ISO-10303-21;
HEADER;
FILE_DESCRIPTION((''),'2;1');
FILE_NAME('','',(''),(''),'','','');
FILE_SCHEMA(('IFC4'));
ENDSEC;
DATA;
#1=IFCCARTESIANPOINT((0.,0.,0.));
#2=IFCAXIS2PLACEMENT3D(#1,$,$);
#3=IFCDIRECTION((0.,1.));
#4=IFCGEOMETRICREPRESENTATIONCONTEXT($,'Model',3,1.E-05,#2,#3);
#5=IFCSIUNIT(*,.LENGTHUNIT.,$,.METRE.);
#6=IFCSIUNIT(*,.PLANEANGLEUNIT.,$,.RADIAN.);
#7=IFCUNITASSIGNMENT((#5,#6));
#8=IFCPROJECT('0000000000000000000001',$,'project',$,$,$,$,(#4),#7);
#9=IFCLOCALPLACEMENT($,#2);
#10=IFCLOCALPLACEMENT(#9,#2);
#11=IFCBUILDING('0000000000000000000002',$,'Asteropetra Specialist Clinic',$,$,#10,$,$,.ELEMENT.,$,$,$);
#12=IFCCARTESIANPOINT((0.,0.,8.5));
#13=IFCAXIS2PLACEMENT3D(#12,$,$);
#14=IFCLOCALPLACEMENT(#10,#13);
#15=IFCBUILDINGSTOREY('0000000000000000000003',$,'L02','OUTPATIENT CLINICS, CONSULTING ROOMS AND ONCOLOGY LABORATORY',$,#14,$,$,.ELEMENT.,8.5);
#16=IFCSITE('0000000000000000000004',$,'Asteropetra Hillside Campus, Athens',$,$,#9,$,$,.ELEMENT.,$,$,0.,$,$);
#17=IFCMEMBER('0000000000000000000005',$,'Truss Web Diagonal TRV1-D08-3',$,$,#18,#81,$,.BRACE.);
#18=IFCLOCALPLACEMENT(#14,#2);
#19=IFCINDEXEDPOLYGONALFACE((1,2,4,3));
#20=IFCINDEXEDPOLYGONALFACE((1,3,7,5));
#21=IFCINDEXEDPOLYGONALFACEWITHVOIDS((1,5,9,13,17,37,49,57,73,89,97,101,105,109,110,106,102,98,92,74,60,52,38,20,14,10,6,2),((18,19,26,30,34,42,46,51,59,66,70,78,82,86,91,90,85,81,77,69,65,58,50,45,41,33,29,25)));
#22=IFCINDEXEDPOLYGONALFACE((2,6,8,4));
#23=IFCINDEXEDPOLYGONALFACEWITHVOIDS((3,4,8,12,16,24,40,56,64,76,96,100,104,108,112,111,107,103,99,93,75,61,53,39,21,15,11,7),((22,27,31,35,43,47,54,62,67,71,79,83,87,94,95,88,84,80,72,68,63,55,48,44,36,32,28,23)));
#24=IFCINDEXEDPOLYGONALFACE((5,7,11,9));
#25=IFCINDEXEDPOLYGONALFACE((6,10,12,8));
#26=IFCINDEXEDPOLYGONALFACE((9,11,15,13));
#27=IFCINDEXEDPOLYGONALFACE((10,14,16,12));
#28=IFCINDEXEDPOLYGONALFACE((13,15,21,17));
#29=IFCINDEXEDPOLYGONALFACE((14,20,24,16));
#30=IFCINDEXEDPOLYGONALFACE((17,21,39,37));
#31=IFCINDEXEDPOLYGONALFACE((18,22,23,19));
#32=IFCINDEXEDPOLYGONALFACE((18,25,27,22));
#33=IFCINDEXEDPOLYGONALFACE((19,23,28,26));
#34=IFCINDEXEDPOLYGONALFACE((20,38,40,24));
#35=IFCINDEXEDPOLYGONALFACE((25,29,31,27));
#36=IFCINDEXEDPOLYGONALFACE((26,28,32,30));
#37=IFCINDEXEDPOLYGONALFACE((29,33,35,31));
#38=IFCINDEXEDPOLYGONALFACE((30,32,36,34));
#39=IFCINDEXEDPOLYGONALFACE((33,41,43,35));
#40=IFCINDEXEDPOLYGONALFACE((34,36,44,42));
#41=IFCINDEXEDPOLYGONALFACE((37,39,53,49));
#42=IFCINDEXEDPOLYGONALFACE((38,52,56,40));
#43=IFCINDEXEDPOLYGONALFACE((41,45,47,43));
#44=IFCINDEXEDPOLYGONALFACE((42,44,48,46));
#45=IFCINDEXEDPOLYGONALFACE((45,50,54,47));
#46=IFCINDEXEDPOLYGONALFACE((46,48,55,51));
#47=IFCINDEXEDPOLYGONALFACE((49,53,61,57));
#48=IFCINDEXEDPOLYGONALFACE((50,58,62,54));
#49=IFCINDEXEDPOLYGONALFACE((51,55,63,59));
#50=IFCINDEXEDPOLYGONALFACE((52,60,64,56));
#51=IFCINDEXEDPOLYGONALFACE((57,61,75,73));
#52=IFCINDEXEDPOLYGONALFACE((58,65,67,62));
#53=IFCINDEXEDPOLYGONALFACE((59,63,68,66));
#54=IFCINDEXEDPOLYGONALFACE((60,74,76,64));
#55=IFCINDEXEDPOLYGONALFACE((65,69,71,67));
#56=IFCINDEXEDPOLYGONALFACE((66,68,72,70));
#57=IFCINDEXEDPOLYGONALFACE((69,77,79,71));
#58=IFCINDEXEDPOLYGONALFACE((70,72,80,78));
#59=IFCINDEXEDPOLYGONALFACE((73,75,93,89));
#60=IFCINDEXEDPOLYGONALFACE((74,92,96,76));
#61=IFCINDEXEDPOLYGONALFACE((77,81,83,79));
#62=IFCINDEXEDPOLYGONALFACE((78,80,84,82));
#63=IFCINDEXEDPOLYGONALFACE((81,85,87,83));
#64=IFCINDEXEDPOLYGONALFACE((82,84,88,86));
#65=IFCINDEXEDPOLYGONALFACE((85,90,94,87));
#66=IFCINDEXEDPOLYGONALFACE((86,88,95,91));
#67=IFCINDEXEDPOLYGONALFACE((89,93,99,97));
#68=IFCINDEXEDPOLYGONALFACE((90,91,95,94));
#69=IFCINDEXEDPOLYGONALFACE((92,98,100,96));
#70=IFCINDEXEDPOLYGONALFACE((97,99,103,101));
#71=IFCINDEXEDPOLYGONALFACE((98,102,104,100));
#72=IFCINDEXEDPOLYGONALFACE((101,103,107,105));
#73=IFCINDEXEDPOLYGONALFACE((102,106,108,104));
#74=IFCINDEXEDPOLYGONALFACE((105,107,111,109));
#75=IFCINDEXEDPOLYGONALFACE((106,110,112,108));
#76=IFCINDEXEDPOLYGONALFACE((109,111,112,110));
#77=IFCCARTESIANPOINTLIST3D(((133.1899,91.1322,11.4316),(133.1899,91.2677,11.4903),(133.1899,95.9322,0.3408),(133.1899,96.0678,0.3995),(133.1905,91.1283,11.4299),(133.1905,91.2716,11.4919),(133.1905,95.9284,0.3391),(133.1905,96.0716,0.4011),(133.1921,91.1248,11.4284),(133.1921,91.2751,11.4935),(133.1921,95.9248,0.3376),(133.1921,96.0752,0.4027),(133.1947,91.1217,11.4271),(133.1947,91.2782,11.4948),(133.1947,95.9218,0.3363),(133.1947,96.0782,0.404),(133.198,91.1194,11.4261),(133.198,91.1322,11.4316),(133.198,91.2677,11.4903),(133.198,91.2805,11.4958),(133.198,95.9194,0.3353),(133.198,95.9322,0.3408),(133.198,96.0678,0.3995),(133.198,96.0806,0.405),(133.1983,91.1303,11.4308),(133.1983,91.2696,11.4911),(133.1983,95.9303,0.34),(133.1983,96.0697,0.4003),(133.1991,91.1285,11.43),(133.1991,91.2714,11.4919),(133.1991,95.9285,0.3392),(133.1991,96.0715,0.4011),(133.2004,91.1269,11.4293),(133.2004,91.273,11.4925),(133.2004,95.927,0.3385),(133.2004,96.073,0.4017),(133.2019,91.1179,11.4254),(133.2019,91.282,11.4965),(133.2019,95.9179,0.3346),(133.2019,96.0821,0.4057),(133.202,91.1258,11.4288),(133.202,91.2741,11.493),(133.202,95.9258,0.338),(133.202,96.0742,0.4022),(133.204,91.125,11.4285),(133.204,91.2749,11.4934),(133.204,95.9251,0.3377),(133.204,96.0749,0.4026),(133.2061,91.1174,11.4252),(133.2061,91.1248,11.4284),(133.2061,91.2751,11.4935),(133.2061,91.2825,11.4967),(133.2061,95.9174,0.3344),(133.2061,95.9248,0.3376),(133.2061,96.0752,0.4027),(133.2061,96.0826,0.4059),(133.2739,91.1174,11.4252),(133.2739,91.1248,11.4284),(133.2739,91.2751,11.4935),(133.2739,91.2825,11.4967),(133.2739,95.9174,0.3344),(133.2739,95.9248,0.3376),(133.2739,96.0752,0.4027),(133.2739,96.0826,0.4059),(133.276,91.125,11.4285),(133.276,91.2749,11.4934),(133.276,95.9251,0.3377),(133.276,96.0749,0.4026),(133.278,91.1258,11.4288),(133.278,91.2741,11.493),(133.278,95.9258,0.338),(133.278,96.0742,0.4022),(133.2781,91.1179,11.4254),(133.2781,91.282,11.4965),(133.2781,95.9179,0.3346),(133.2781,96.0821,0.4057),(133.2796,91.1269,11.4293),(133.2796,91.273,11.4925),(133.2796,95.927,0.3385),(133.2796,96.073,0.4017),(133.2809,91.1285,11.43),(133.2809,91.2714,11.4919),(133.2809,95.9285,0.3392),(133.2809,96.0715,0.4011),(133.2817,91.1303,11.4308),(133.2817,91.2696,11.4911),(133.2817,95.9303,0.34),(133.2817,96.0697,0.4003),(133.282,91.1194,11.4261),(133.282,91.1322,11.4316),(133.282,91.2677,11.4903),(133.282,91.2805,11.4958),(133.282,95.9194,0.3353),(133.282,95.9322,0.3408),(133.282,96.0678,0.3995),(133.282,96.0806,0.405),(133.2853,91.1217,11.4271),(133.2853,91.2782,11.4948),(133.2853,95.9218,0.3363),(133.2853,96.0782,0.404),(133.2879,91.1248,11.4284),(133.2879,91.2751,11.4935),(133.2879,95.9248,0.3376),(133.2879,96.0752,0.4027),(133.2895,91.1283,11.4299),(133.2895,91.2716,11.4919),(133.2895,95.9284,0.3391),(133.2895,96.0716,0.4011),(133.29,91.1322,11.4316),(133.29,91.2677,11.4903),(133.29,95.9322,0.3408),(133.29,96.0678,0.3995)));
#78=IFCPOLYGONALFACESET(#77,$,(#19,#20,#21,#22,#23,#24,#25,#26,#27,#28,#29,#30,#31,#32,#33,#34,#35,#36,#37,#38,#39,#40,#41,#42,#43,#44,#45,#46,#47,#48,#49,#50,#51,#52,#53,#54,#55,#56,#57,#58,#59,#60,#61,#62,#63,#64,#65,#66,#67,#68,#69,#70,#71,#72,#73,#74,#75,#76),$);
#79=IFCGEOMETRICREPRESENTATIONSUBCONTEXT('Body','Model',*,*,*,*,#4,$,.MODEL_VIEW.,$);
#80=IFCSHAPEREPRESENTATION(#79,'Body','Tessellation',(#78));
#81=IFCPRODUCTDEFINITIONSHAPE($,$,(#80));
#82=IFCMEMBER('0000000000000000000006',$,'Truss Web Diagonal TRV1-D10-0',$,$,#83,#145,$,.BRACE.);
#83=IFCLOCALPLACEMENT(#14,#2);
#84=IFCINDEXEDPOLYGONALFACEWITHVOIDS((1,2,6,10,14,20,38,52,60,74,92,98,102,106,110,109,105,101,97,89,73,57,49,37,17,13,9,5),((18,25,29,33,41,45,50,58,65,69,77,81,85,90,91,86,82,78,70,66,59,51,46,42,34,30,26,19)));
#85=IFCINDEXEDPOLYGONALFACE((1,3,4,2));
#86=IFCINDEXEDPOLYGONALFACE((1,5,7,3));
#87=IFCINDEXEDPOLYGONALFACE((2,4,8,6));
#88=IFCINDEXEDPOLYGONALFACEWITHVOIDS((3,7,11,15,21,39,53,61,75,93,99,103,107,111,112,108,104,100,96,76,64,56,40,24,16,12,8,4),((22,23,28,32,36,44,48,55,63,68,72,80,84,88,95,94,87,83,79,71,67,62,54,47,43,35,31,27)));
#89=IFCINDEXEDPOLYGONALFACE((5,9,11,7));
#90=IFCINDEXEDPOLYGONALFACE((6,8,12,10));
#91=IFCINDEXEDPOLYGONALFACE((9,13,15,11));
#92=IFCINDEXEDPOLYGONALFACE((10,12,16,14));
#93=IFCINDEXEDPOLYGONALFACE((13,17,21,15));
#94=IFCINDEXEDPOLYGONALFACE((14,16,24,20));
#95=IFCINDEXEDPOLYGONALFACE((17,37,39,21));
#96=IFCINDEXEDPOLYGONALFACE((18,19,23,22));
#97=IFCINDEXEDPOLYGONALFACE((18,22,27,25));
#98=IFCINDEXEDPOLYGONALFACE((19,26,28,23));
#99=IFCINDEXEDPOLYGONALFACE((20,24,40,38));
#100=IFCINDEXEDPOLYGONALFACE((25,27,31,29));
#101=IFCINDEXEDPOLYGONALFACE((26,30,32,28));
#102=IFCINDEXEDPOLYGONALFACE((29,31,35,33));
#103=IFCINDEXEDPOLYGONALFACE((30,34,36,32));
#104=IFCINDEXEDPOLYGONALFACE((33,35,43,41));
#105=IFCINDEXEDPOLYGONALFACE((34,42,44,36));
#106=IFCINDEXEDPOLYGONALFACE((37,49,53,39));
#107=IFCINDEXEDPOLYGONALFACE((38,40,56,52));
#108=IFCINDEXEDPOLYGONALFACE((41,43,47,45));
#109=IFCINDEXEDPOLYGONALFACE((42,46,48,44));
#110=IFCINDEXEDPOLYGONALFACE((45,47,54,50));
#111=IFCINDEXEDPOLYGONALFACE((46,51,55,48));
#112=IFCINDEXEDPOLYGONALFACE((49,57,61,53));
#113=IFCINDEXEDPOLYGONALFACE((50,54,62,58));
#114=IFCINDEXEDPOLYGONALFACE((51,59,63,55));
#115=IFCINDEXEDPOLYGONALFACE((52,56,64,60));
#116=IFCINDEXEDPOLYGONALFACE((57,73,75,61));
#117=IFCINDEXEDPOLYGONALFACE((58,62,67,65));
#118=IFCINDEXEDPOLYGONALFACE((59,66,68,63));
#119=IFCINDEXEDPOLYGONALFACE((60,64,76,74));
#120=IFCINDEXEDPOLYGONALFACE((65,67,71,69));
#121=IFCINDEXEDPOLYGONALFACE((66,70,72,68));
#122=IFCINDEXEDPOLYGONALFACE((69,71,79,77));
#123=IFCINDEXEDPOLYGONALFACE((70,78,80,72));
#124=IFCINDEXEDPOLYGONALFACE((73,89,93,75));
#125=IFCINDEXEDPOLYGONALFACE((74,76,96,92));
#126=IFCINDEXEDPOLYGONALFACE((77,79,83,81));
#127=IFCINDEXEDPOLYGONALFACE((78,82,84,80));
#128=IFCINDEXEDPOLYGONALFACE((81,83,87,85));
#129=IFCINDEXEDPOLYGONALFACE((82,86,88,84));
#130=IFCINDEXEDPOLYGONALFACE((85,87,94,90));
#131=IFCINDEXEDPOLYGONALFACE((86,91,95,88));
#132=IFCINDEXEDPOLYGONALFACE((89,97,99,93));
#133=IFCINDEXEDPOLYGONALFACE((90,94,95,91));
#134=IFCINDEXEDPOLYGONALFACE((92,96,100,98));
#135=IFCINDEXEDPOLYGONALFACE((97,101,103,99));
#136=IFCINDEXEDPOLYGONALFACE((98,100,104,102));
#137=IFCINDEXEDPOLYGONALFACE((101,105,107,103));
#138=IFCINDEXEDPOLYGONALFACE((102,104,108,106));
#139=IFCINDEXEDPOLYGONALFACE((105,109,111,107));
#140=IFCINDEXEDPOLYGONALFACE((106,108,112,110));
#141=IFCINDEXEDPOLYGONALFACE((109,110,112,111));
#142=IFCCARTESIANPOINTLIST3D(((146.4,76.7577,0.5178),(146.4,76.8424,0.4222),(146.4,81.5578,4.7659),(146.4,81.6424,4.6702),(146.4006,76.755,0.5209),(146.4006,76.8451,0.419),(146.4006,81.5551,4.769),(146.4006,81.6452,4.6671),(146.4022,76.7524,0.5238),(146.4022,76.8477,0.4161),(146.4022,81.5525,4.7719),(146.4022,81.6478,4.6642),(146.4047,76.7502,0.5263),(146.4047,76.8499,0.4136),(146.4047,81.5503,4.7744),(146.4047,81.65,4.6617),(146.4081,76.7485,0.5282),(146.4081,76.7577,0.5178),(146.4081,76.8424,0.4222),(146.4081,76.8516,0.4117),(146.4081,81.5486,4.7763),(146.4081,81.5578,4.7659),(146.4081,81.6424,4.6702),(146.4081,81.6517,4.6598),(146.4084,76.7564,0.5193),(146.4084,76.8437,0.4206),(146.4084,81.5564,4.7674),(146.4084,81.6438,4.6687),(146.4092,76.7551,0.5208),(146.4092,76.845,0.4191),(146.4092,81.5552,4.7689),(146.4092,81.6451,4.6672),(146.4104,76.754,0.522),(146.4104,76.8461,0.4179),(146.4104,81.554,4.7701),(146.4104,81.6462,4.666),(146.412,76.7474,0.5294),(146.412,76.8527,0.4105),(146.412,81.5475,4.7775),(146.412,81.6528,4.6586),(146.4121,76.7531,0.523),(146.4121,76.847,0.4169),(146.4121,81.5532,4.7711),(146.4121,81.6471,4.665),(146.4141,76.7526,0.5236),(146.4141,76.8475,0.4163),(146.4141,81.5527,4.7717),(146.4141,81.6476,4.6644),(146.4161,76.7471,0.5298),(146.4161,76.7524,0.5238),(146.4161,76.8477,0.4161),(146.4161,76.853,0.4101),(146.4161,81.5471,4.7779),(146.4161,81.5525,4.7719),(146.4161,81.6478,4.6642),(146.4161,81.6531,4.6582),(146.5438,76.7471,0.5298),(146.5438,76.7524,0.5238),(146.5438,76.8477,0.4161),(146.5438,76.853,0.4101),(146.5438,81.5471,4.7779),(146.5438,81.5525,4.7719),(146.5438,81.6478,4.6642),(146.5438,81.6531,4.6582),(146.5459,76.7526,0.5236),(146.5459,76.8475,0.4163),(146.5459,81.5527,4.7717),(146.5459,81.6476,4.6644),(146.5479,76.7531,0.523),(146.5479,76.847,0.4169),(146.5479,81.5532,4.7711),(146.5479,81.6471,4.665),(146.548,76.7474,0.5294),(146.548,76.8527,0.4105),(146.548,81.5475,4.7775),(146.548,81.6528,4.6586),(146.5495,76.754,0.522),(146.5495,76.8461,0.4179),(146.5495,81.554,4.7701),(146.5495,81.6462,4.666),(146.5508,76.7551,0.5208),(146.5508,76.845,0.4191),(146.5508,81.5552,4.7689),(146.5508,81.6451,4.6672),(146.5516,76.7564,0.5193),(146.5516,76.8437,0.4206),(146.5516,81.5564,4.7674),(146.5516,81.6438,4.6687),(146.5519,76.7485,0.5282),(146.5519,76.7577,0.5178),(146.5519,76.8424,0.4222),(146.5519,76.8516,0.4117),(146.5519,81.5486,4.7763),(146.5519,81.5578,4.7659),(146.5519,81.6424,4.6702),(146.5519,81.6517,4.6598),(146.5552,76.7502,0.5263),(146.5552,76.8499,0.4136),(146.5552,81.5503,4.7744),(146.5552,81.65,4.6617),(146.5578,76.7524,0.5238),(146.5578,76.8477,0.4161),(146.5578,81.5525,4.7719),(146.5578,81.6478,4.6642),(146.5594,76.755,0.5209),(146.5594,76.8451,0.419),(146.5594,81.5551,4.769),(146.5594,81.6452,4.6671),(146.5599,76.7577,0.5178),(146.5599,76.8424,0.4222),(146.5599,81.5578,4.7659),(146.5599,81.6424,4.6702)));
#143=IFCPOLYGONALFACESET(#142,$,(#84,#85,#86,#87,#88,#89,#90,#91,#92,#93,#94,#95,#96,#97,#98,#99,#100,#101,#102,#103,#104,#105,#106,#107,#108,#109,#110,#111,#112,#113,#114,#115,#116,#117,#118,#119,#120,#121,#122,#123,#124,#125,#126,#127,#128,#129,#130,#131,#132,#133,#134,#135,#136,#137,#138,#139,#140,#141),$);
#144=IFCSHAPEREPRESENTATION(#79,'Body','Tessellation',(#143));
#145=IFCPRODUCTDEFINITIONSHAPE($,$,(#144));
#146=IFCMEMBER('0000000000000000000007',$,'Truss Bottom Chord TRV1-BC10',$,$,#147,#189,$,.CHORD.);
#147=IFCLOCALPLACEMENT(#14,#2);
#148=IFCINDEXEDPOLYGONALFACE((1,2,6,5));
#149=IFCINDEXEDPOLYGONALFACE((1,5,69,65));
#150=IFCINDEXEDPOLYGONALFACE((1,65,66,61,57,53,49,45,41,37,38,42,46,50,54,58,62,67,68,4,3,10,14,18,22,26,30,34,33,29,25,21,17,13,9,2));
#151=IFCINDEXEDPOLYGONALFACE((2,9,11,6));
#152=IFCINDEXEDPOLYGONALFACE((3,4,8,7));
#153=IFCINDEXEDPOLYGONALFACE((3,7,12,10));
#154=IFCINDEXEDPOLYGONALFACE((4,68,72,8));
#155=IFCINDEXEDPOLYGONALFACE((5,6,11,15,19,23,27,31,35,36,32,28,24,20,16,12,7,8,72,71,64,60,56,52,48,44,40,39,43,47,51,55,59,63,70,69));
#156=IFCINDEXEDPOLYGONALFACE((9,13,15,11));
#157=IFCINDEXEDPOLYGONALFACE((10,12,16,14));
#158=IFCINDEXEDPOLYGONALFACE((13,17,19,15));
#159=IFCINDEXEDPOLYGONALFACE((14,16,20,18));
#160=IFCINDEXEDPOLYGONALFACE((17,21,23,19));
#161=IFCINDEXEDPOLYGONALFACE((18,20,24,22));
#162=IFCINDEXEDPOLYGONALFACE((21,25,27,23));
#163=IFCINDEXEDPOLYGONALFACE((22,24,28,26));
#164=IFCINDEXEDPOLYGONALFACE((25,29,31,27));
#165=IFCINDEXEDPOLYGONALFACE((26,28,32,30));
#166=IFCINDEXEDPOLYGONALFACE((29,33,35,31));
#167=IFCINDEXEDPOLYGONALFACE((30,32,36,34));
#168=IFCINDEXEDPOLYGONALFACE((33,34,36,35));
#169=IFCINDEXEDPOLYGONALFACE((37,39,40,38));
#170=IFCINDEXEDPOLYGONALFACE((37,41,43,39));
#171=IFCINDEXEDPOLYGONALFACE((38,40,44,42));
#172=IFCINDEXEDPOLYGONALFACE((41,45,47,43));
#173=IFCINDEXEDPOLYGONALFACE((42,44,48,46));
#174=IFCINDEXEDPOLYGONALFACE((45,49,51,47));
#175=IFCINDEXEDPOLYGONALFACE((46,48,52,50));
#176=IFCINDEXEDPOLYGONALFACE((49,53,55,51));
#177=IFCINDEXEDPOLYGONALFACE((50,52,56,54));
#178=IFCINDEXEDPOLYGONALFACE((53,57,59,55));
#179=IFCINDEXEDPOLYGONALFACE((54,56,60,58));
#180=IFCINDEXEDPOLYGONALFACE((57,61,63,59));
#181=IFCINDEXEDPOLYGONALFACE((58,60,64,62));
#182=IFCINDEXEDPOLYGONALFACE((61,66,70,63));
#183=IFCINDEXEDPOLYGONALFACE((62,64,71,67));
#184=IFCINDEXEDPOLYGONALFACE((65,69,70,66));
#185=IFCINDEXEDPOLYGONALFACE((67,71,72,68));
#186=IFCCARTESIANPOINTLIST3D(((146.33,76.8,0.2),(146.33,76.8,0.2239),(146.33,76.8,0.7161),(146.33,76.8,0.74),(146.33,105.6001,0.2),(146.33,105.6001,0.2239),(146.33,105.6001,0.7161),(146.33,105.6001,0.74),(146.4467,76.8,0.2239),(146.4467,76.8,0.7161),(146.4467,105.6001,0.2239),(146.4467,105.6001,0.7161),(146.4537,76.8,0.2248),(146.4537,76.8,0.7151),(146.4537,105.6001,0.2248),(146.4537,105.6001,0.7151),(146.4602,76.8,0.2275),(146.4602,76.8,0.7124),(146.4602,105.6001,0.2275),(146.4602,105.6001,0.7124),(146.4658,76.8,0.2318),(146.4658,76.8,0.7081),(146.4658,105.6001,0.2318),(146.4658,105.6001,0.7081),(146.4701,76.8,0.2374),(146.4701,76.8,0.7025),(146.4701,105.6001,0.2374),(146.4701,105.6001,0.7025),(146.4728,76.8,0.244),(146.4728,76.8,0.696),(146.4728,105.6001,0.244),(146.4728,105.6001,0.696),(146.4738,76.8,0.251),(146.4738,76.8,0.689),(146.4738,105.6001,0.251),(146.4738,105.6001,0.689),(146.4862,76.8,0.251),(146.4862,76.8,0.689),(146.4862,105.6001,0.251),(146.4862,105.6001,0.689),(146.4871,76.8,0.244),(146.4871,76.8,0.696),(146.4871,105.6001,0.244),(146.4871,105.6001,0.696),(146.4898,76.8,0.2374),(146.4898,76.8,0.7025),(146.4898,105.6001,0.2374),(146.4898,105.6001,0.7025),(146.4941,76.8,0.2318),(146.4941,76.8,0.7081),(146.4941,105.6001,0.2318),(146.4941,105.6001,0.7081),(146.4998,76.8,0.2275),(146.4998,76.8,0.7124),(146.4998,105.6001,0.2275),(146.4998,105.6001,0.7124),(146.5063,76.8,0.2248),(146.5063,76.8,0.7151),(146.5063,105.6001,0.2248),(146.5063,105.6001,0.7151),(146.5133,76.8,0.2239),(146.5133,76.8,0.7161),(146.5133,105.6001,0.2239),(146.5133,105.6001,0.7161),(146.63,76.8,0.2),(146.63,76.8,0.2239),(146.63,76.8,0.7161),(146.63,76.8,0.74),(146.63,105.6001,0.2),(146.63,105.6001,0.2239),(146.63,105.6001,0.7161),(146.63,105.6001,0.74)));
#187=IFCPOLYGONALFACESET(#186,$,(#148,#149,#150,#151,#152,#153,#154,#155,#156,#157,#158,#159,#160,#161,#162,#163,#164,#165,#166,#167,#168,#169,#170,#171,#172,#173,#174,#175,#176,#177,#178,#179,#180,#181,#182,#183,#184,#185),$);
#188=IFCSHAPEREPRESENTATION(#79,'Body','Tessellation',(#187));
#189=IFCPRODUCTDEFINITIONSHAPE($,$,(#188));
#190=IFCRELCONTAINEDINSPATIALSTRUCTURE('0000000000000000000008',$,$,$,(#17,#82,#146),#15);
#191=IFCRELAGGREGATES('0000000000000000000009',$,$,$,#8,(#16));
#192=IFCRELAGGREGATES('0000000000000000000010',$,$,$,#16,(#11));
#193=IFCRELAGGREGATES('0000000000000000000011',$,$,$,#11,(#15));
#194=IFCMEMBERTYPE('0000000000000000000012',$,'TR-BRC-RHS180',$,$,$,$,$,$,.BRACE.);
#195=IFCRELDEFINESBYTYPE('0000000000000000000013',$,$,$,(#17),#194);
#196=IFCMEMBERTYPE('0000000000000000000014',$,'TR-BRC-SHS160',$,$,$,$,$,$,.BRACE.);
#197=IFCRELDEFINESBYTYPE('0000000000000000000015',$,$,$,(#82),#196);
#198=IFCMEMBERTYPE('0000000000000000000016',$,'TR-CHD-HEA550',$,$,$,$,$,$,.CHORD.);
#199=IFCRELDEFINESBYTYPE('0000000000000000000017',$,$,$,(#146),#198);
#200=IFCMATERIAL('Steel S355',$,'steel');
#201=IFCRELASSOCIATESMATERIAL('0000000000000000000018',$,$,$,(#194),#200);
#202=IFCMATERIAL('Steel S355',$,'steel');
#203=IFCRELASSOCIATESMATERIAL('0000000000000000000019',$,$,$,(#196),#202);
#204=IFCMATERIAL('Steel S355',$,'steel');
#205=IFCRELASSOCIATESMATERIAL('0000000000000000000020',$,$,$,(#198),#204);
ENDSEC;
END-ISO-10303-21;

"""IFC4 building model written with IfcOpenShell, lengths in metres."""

from ifc_helpers import new_model, si_unit, direction, frame, origin, origin_2d, place, context, subcontext, project, spatial, hollow_rectangle, i_section, extrude, material, material_profile, profile_set, type_object, element, save


model = new_model("IFC4")

# Units and contexts
model_context = context("Model", 3, precision=1e-05, world=origin(), true_north=direction((0.0, 1.0)))
body_context = subcontext(model_context, "Body", "Model", "MODEL_VIEW")
ifc_project = project(units=[si_unit("LENGTHUNIT", "METRE"), si_unit("PLANEANGLEUNIT", "RADIAN")], contexts=[model_context])

# Site, building, storey
site_placement = place(None, origin())
site = spatial("IfcSite", under=ifc_project, at=site_placement, Name="Asteropetra Hillside Campus, Athens", CompositionType="ELEMENT", RefElevation=0.0)
building_placement = place(site_placement, origin())
building = spatial("IfcBuilding", under=site, at=building_placement, Name="Asteropetra Specialist Clinic", CompositionType="ELEMENT")
storey_placement = place(building_placement, frame((0.0, 0.0, 8.5)))
storey = spatial("IfcBuildingStorey", under=building, at=storey_placement, Name="L02", Description="OUTPATIENT CLINICS, CONSULTING ROOMS AND ONCOLOGY LABORATORY", CompositionType="ELEMENT", Elevation=8.5)

# Members
ifc_material_1 = material(Name="Steel S355", Category="steel")
ifc_material_profile_1 = material_profile(ifc_material_1, hollow_rectangle(XDim=0.1001, YDim=0.1799, WallThickness=0.0081, InnerFilletRadius=0.0081, OuterFilletRadius=0.0161, at=origin_2d()), Name="RHS 180x100x8.0")
ifc_profile_set_1 = profile_set([ifc_material_profile_1], Name="Steel S355")
member_type_1 = type_object("IfcMemberType", Name="TR-BRC-RHS180", PredefinedType="BRACE", material=ifc_profile_set_1)
member_1_placement = place(storey_placement, frame((133.24, 91.2, 11.4609), z_axis=(0.0, 0.397191, -0.917736), x_axis=(-1.0, 0.0, 0.0)))
element("IfcMember", 1, at=member_1_placement, inside=storey, type_object=member_type_1, Name="Truss Web Diagonal TRV1-D08-3", PredefinedType="BRACE", context=body_context, shape_type="SweptSolid", body=[
    extrude(hollow_rectangle(XDim=0.1001, YDim=0.1799, WallThickness=0.0081, InnerFilletRadius=0.0081, OuterFilletRadius=0.0161, at=origin_2d()), origin(), (0.0, 0.0, 1.0), 12.085),
])
ifc_material_2 = material(Name="Steel S355", Category="steel")
ifc_material_profile_2 = material_profile(ifc_material_2, hollow_rectangle(XDim=0.1599, YDim=0.1599, WallThickness=0.0081, InnerFilletRadius=0.0081, OuterFilletRadius=0.0161, at=origin_2d()), Name="SHS 160x160x8.0")
ifc_profile_set_2 = profile_set([ifc_material_profile_2], Name="Steel S355")
member_type_2 = type_object("IfcMemberType", Name="TR-BRC-SHS160", PredefinedType="BRACE", material=ifc_profile_set_2)
member_2_placement = place(storey_placement, frame((146.48, 76.8, 0.47), z_axis=(0.0, 0.748853, 0.662736), x_axis=(-1.0, 0.0, 0.0)))
element("IfcMember", 2, at=member_2_placement, inside=storey, type_object=member_type_2, Name="Truss Web Diagonal TRV1-D10-0", PredefinedType="BRACE", context=body_context, shape_type="SweptSolid", body=[
    extrude(hollow_rectangle(XDim=0.1599, YDim=0.1599, WallThickness=0.0081, InnerFilletRadius=0.0081, OuterFilletRadius=0.0161, at=origin_2d()), origin(), (0.0, 0.0, 1.0), 6.4099),
])
ifc_material_3 = material(Name="Steel S355", Category="steel")
ifc_material_profile_3 = material_profile(ifc_material_3, i_section(OverallWidth=0.3, OverallDepth=0.54, WebThickness=0.0125, FlangeThickness=0.0239, FilletRadius=0.0271, at=origin_2d()), Name="HEA 550")
ifc_profile_set_3 = profile_set([ifc_material_profile_3], Name="Steel S355")
member_type_3 = type_object("IfcMemberType", Name="TR-CHD-HEA550", PredefinedType="CHORD", material=ifc_profile_set_3)
member_3_placement = place(storey_placement, frame((146.48, 76.8, 0.47), z_axis=(0.0, 1.0, 0.0), x_axis=(-1.0, 0.0, 0.0)))
element("IfcMember", 3, at=member_3_placement, inside=storey, type_object=member_type_3, Name="Truss Bottom Chord TRV1-BC10", PredefinedType="CHORD", context=body_context, shape_type="SweptSolid", body=[
    extrude(i_section(OverallWidth=0.3, OverallDepth=0.54, WebThickness=0.0125, FlangeThickness=0.0239, FilletRadius=0.0271, at=origin_2d()), origin(), (0.0, 0.0, 1.0), 28.8),
])

save(model, "model.ifc")
